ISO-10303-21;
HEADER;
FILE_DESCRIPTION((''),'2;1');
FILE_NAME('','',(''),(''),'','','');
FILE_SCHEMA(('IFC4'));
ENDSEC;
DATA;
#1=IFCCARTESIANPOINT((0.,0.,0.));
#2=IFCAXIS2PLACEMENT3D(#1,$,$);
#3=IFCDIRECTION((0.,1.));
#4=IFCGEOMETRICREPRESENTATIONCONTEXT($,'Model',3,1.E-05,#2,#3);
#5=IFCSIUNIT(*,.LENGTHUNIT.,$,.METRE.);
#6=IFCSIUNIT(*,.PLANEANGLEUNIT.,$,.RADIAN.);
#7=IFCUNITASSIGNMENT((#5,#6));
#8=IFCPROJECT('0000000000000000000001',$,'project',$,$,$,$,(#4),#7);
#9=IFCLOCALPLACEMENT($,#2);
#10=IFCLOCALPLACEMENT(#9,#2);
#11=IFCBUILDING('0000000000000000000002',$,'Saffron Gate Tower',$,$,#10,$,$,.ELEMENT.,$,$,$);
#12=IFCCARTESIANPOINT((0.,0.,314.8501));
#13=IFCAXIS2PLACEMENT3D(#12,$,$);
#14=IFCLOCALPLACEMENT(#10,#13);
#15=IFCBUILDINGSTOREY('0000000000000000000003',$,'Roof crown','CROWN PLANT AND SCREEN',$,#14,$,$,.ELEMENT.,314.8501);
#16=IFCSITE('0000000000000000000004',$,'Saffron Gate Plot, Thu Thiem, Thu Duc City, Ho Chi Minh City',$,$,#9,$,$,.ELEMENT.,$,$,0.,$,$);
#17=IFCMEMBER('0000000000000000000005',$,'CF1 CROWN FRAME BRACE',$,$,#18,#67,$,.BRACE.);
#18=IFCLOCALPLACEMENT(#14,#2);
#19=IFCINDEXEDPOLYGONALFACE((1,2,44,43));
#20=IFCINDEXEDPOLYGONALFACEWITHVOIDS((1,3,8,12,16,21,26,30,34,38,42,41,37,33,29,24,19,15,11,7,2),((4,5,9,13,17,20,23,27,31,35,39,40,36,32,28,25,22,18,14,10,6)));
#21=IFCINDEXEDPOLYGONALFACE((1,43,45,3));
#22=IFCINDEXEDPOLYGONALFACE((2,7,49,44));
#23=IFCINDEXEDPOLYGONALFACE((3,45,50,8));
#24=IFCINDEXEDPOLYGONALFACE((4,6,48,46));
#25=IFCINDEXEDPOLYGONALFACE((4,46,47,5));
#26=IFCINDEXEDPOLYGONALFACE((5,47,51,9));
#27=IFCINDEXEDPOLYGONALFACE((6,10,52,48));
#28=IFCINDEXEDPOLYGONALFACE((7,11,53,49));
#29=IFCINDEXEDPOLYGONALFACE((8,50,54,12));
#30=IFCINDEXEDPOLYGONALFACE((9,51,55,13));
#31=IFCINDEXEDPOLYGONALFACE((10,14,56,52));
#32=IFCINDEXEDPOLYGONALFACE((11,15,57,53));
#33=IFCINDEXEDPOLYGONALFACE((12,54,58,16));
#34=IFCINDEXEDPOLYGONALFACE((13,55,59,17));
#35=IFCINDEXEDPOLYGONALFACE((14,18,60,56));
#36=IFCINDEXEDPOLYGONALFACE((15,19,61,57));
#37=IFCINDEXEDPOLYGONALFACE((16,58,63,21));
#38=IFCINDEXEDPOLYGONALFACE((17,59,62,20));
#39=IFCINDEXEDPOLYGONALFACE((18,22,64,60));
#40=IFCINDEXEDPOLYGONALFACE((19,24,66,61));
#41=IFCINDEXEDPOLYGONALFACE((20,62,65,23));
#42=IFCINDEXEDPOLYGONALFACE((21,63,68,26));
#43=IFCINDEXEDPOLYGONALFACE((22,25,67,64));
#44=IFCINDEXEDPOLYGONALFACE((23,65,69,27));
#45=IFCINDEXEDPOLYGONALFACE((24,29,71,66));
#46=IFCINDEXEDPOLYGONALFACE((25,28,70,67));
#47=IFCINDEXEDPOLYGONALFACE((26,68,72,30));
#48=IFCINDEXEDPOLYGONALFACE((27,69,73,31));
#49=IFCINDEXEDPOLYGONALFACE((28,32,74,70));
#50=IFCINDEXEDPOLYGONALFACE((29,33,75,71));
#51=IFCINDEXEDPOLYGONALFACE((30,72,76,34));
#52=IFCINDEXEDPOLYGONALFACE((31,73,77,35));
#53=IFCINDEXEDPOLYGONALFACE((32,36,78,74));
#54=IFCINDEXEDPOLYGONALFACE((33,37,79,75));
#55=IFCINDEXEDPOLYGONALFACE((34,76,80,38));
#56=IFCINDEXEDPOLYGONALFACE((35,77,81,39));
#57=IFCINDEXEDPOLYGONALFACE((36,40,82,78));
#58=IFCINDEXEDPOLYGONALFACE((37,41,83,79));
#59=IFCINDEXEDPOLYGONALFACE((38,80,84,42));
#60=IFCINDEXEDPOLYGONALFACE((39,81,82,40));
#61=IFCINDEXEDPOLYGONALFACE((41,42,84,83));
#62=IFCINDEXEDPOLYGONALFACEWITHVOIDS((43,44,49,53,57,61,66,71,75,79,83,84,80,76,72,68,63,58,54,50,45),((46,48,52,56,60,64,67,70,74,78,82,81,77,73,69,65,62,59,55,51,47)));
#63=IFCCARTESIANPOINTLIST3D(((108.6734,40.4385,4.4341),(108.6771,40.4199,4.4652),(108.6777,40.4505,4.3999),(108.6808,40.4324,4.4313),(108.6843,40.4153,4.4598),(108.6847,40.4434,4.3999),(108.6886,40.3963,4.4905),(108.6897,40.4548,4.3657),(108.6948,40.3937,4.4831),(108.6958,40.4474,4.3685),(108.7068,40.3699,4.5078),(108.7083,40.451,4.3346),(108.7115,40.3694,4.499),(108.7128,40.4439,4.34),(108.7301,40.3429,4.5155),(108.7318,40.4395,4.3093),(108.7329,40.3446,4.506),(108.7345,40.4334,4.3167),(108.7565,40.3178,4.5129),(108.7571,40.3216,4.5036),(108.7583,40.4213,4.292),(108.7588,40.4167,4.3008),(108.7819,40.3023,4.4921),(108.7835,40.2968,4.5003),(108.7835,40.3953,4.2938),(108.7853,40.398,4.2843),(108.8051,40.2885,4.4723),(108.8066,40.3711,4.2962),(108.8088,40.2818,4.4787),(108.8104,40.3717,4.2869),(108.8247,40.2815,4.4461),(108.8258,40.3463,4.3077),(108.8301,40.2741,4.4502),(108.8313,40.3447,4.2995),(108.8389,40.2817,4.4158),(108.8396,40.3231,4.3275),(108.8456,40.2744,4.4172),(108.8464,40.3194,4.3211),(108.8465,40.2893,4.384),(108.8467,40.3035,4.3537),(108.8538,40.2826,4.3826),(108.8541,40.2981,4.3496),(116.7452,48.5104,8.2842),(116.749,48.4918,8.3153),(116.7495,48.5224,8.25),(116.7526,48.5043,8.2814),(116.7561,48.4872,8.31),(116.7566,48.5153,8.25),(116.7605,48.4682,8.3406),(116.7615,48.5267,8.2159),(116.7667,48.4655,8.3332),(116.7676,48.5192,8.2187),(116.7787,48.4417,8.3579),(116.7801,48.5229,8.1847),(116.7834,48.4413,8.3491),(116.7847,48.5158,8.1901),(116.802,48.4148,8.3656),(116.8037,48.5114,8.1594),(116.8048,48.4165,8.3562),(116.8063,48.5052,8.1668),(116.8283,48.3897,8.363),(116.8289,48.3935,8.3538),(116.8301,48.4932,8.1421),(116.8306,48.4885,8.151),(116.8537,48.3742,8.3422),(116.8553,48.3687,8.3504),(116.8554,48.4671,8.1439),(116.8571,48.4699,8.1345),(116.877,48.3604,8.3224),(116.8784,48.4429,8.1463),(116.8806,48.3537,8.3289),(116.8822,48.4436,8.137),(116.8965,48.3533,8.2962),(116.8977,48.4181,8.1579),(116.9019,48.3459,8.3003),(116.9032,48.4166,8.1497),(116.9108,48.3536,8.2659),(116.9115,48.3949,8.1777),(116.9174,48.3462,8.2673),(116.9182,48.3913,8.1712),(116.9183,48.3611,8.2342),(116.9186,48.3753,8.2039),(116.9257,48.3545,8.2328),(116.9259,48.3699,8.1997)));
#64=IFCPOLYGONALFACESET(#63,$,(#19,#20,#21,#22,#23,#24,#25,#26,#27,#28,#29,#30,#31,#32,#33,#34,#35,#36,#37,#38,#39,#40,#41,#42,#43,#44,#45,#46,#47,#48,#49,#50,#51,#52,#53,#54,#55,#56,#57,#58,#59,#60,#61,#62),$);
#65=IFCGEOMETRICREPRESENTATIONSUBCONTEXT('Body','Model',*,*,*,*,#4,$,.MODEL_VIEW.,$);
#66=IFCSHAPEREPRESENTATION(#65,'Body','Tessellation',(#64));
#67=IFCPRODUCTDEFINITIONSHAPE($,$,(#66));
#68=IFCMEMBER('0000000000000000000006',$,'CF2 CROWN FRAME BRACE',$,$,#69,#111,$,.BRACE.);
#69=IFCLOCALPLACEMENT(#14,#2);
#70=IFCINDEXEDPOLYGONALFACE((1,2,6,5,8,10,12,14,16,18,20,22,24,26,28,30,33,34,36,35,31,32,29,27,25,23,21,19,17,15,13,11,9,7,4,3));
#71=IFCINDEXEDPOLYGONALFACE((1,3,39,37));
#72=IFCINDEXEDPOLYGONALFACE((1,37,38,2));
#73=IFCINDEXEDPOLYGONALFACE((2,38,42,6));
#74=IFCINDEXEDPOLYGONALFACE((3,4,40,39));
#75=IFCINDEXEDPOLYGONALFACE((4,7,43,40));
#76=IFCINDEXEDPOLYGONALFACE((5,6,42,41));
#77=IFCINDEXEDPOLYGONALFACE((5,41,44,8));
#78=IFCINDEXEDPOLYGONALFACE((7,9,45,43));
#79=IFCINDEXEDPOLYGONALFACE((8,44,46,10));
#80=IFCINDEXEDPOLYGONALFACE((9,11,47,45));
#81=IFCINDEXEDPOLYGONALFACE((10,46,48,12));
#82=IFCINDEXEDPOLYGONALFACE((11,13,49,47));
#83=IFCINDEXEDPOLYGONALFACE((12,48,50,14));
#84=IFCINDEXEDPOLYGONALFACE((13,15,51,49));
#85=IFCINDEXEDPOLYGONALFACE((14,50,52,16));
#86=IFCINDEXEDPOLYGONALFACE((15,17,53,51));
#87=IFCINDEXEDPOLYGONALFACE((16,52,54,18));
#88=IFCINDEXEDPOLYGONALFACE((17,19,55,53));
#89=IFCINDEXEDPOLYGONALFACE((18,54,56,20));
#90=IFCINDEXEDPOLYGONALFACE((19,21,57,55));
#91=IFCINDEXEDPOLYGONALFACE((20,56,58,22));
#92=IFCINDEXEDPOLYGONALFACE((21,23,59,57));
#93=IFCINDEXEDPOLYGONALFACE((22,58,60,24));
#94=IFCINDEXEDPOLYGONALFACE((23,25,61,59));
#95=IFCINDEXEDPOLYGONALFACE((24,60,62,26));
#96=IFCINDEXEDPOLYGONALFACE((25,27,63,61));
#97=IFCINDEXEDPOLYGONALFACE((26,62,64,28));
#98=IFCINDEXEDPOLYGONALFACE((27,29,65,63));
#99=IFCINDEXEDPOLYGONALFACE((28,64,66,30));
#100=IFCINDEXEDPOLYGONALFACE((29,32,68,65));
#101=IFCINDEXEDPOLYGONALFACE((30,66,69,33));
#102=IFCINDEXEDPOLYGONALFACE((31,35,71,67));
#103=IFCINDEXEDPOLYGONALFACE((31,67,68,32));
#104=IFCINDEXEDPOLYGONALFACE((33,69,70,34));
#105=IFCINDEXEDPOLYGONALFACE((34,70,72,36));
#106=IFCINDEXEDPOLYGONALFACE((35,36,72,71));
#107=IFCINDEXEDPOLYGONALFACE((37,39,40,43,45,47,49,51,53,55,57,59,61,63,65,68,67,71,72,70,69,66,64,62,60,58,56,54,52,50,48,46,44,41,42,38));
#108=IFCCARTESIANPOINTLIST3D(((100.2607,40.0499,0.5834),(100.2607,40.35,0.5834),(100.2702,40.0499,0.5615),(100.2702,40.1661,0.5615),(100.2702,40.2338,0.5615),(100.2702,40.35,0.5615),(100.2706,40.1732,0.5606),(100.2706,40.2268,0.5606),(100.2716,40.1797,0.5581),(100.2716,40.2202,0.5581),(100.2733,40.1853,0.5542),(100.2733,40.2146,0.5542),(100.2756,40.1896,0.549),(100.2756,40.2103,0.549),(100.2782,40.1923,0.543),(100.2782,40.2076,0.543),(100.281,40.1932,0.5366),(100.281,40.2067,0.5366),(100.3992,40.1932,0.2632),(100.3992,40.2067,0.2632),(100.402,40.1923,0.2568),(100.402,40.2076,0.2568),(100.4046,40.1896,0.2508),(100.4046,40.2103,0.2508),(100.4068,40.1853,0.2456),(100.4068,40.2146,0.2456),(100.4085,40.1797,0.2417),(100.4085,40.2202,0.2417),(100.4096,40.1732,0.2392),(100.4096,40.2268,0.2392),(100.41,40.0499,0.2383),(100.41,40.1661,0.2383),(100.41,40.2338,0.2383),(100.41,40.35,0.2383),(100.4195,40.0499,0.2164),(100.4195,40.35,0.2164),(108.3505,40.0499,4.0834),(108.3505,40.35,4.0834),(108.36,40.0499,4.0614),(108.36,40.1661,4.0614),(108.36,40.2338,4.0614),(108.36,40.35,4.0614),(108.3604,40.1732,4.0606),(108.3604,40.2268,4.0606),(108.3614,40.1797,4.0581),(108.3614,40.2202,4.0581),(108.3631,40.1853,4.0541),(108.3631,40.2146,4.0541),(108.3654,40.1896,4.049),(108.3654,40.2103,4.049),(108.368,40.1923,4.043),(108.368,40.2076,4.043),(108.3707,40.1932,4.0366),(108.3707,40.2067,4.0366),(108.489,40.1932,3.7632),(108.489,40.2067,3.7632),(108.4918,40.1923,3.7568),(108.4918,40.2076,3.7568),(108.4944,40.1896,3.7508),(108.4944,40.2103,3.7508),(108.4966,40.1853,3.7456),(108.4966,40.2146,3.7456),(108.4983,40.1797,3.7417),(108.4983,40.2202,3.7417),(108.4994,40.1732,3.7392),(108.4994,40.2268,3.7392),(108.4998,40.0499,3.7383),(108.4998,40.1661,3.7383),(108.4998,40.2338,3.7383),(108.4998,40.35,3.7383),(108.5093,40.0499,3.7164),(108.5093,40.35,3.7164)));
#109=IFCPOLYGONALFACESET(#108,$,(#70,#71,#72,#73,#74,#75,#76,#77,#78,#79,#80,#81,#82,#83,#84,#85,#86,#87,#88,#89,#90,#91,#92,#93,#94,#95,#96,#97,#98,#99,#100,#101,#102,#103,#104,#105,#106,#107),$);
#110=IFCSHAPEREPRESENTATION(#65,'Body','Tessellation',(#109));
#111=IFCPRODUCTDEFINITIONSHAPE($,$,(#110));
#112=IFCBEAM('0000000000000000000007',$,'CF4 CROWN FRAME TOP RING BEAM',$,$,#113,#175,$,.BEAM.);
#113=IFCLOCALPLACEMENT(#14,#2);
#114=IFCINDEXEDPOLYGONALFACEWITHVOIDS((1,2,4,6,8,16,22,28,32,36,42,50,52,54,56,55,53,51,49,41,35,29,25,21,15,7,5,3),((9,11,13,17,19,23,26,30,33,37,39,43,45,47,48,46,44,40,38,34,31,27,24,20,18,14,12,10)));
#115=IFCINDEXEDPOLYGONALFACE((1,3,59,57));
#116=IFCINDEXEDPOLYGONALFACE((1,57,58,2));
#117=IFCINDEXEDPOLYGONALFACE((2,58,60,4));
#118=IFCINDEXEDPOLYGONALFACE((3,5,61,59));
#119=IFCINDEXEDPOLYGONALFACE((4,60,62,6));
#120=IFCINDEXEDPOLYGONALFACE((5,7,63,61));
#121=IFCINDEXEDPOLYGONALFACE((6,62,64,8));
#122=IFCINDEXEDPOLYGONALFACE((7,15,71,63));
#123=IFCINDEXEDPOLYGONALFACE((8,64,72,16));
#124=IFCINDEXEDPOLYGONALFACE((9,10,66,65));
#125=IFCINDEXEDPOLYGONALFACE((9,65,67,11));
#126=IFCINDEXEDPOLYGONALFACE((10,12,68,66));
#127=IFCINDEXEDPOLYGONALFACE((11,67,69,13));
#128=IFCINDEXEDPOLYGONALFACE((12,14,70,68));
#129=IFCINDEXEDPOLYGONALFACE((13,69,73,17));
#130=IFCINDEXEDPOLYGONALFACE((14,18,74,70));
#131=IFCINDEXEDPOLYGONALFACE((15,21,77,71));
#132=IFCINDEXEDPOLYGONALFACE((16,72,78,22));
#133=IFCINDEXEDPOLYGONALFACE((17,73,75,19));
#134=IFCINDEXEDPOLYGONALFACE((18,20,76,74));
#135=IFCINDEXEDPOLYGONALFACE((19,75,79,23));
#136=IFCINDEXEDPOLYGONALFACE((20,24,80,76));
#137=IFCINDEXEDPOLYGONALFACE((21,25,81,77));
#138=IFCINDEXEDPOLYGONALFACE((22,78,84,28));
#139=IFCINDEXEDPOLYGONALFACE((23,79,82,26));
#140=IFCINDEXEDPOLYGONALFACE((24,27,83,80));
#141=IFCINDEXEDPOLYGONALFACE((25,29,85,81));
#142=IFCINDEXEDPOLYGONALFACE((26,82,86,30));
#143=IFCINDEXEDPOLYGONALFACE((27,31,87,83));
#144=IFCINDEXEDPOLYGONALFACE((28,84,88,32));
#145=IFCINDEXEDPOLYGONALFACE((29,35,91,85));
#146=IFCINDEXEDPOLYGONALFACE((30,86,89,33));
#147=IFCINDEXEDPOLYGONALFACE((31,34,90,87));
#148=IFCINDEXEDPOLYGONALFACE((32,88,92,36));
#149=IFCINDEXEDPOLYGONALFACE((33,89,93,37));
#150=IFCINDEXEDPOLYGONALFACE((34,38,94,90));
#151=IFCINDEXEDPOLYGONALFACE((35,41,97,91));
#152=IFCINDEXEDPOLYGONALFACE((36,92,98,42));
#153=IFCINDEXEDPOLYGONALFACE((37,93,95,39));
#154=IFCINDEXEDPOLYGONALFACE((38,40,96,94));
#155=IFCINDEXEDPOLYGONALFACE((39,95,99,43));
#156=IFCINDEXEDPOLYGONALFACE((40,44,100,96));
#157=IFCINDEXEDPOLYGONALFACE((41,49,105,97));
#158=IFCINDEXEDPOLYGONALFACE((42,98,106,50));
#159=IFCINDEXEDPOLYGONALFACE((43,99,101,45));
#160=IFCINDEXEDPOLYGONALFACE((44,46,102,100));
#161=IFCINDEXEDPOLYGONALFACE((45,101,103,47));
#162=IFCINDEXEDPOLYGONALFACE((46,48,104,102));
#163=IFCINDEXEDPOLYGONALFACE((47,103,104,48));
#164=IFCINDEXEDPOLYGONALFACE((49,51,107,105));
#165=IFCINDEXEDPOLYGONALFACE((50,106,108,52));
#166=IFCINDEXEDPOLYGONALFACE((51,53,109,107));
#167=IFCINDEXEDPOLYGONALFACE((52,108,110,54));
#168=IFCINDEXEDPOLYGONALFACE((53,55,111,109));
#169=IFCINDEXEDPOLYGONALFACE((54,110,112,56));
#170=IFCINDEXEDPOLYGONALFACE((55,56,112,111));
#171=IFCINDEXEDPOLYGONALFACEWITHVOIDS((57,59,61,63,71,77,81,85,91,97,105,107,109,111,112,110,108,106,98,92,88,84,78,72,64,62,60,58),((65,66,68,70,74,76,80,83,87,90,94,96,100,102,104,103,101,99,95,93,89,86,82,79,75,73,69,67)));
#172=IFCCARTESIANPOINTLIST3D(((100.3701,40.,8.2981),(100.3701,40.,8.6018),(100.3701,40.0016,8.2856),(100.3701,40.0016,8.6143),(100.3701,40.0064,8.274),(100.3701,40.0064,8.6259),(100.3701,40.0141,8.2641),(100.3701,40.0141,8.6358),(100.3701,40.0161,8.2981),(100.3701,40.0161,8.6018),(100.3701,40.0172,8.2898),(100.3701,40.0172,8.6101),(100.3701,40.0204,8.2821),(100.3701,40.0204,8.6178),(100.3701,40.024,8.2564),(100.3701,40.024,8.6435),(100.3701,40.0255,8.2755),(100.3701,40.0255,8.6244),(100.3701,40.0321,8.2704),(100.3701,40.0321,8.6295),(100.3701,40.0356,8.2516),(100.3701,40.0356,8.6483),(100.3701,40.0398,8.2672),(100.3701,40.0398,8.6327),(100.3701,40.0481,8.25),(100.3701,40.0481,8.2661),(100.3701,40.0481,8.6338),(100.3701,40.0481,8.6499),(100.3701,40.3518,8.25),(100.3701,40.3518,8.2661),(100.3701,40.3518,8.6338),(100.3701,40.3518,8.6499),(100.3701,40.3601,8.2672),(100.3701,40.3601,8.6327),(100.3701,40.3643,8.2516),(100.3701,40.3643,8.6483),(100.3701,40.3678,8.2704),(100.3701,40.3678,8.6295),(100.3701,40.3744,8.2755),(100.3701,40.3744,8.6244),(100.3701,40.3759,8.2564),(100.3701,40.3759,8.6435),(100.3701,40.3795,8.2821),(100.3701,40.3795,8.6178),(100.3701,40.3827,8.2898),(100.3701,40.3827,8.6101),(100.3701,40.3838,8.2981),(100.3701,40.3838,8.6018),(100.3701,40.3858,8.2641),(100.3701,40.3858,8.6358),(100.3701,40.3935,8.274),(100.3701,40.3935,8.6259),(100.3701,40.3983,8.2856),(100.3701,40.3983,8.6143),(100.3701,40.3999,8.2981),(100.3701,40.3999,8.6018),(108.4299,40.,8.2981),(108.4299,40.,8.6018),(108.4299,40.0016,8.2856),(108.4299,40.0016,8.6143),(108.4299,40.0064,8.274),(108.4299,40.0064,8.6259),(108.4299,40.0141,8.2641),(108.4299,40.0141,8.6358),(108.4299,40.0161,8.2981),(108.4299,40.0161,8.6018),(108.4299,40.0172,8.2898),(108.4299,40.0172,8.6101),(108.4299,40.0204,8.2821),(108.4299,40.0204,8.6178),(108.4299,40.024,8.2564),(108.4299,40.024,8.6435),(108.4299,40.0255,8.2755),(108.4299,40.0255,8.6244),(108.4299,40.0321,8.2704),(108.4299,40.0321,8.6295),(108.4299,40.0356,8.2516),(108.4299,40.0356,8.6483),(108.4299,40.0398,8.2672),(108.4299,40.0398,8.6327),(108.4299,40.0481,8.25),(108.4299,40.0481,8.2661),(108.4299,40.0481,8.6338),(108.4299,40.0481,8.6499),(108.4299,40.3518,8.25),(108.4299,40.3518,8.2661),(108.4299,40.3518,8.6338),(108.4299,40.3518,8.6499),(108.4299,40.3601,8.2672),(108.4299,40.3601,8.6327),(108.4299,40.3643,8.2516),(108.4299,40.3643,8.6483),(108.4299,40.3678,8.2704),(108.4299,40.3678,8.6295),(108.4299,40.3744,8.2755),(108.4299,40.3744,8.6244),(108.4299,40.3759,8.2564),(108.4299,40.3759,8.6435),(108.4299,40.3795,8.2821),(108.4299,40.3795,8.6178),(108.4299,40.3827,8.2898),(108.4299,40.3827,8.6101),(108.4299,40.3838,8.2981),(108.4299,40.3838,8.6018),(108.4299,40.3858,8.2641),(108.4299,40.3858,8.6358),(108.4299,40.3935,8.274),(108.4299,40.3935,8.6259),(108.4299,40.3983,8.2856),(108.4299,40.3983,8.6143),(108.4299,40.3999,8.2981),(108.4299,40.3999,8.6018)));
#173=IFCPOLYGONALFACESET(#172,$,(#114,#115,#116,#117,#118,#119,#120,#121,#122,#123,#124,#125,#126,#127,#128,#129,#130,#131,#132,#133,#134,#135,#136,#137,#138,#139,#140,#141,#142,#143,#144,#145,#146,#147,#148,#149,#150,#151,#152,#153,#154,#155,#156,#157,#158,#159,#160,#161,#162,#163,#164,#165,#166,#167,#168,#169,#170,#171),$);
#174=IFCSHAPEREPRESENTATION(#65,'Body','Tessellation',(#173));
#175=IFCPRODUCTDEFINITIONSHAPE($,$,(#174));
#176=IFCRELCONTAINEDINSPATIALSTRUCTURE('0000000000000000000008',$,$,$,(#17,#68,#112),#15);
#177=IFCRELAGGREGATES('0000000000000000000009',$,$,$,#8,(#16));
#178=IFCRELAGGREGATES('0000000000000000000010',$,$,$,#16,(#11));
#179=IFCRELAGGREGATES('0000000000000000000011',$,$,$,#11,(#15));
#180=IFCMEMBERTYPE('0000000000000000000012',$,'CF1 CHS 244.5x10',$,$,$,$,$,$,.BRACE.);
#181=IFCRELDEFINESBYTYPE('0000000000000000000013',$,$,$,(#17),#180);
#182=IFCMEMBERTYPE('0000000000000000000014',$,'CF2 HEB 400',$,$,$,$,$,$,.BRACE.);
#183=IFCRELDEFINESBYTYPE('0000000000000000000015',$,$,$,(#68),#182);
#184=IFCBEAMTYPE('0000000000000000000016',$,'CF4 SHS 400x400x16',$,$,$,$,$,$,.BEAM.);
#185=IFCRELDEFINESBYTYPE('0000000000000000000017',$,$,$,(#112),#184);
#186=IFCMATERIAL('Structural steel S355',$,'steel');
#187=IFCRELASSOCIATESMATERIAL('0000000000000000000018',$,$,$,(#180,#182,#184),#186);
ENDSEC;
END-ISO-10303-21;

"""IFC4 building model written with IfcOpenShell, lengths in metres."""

from ifc_helpers import new_model, si_unit, direction, frame, origin, origin_2d, place, context, subcontext, project, spatial, hollow_rectangle, hollow_circle, i_section, extrude, material, material_profile, profile_set, type_object, element, save


model = new_model("IFC4")

# Units and contexts
model_context = context("Model", 3, precision=1e-05, world=origin(), true_north=direction((0.0, 1.0)))
body_context = subcontext(model_context, "Body", "Model", "MODEL_VIEW")
ifc_project = project(units=[si_unit("LENGTHUNIT", "METRE"), si_unit("PLANEANGLEUNIT", "RADIAN")], contexts=[model_context])

# Site, building, storey
site_placement = place(None, origin())
site = spatial("IfcSite", under=ifc_project, at=site_placement, Name="Saffron Gate Plot, Thu Thiem, Thu Duc City, Ho Chi Minh City", CompositionType="ELEMENT", RefElevation=0.0)
building_placement = place(site_placement, origin())
building = spatial("IfcBuilding", under=site, at=building_placement, Name="Saffron Gate Tower", CompositionType="ELEMENT")
storey_placement = place(building_placement, frame((0.0, 0.0, 314.8501)))
storey = spatial("IfcBuildingStorey", under=building, at=storey_placement, Name="Roof crown", Description="CROWN PLANT AND SCREEN", CompositionType="ELEMENT", Elevation=314.8501)

# Shared definitions
ifc_material_1 = material(Name="Structural steel S355", Category="steel")

# Members
ifc_material_profile_1 = material_profile(ifc_material_1, hollow_circle(Radius=0.1223, WallThickness=0.01, at=origin_2d()))
ifc_profile_set_1 = profile_set([ifc_material_profile_1], Name="Structural steel S355")
member_type_1 = type_object("IfcMemberType", Name="CF1 CHS 244.5x10", PredefinedType="BRACE", material=ifc_profile_set_1)
member_1_placement = place(storey_placement, frame((108.7642, 40.364, 4.3999), z_axis=(0.670023, 0.670023, 0.31959), x_axis=(-0.707107, 0.707107, 0.0)))
element("IfcMember", 1, at=member_1_placement, inside=storey, type_object=member_type_1, Name="CF1 CROWN FRAME BRACE", PredefinedType="BRACE", context=body_context, shape_type="SweptSolid", body=[
    extrude(hollow_circle(Radius=0.1223, WallThickness=0.01, at=origin_2d()), origin(), (0.0, 0.0, 1.0), 12.0471),
])
ifc_material_profile_2 = material_profile(ifc_material_1, i_section(OverallWidth=0.3, OverallDepth=0.3999, WebThickness=0.0134, FlangeThickness=0.0239, FilletRadius=0.0271, at=origin_2d()))
ifc_profile_set_2 = profile_set([ifc_material_profile_2], Name="Structural steel S355")
member_type_2 = type_object("IfcMemberType", Name="CF2 HEB 400", PredefinedType="BRACE", material=ifc_profile_set_2)
member_2_placement = place(storey_placement, frame((100.3401, 40.2, 0.3999), z_axis=(0.917787, 0.0, 0.397073), x_axis=(0.0, 1.0, 0.0)))
element("IfcMember", 2, at=member_2_placement, inside=storey, type_object=member_type_2, Name="CF2 CROWN FRAME BRACE", PredefinedType="BRACE", context=body_context, shape_type="SweptSolid", body=[
    extrude(i_section(OverallWidth=0.3, OverallDepth=0.3999, WebThickness=0.0134, FlangeThickness=0.0239, FilletRadius=0.0271, at=origin_2d()), origin(), (0.0, 0.0, 1.0), 8.8145),
])

# Beam
ifc_material_profile_3 = material_profile(ifc_material_1, hollow_rectangle(XDim=0.3999, YDim=0.3999, WallThickness=0.0161, InnerFilletRadius=0.032, OuterFilletRadius=0.0481, at=origin_2d()))
ifc_profile_set_3 = profile_set([ifc_material_profile_3], Name="Structural steel S355")
beam_type_1 = type_object("IfcBeamType", Name="CF4 SHS 400x400x16", PredefinedType="BEAM", material=ifc_profile_set_3)
beam_1_placement = place(storey_placement, frame((100.3701, 40.2, 8.45), z_axis=(1.0, 0.0, 0.0), x_axis=(0.0, 1.0, 0.0)))
element("IfcBeam", 3, at=beam_1_placement, inside=storey, type_object=beam_type_1, Name="CF4 CROWN FRAME TOP RING BEAM", PredefinedType="BEAM", context=body_context, shape_type="SweptSolid", body=[
    extrude(hollow_rectangle(XDim=0.3999, YDim=0.3999, WallThickness=0.0161, InnerFilletRadius=0.032, OuterFilletRadius=0.0481, at=origin_2d()), origin(), (0.0, 0.0, 1.0), 8.0598),
])

save(model, "model.ifc")
